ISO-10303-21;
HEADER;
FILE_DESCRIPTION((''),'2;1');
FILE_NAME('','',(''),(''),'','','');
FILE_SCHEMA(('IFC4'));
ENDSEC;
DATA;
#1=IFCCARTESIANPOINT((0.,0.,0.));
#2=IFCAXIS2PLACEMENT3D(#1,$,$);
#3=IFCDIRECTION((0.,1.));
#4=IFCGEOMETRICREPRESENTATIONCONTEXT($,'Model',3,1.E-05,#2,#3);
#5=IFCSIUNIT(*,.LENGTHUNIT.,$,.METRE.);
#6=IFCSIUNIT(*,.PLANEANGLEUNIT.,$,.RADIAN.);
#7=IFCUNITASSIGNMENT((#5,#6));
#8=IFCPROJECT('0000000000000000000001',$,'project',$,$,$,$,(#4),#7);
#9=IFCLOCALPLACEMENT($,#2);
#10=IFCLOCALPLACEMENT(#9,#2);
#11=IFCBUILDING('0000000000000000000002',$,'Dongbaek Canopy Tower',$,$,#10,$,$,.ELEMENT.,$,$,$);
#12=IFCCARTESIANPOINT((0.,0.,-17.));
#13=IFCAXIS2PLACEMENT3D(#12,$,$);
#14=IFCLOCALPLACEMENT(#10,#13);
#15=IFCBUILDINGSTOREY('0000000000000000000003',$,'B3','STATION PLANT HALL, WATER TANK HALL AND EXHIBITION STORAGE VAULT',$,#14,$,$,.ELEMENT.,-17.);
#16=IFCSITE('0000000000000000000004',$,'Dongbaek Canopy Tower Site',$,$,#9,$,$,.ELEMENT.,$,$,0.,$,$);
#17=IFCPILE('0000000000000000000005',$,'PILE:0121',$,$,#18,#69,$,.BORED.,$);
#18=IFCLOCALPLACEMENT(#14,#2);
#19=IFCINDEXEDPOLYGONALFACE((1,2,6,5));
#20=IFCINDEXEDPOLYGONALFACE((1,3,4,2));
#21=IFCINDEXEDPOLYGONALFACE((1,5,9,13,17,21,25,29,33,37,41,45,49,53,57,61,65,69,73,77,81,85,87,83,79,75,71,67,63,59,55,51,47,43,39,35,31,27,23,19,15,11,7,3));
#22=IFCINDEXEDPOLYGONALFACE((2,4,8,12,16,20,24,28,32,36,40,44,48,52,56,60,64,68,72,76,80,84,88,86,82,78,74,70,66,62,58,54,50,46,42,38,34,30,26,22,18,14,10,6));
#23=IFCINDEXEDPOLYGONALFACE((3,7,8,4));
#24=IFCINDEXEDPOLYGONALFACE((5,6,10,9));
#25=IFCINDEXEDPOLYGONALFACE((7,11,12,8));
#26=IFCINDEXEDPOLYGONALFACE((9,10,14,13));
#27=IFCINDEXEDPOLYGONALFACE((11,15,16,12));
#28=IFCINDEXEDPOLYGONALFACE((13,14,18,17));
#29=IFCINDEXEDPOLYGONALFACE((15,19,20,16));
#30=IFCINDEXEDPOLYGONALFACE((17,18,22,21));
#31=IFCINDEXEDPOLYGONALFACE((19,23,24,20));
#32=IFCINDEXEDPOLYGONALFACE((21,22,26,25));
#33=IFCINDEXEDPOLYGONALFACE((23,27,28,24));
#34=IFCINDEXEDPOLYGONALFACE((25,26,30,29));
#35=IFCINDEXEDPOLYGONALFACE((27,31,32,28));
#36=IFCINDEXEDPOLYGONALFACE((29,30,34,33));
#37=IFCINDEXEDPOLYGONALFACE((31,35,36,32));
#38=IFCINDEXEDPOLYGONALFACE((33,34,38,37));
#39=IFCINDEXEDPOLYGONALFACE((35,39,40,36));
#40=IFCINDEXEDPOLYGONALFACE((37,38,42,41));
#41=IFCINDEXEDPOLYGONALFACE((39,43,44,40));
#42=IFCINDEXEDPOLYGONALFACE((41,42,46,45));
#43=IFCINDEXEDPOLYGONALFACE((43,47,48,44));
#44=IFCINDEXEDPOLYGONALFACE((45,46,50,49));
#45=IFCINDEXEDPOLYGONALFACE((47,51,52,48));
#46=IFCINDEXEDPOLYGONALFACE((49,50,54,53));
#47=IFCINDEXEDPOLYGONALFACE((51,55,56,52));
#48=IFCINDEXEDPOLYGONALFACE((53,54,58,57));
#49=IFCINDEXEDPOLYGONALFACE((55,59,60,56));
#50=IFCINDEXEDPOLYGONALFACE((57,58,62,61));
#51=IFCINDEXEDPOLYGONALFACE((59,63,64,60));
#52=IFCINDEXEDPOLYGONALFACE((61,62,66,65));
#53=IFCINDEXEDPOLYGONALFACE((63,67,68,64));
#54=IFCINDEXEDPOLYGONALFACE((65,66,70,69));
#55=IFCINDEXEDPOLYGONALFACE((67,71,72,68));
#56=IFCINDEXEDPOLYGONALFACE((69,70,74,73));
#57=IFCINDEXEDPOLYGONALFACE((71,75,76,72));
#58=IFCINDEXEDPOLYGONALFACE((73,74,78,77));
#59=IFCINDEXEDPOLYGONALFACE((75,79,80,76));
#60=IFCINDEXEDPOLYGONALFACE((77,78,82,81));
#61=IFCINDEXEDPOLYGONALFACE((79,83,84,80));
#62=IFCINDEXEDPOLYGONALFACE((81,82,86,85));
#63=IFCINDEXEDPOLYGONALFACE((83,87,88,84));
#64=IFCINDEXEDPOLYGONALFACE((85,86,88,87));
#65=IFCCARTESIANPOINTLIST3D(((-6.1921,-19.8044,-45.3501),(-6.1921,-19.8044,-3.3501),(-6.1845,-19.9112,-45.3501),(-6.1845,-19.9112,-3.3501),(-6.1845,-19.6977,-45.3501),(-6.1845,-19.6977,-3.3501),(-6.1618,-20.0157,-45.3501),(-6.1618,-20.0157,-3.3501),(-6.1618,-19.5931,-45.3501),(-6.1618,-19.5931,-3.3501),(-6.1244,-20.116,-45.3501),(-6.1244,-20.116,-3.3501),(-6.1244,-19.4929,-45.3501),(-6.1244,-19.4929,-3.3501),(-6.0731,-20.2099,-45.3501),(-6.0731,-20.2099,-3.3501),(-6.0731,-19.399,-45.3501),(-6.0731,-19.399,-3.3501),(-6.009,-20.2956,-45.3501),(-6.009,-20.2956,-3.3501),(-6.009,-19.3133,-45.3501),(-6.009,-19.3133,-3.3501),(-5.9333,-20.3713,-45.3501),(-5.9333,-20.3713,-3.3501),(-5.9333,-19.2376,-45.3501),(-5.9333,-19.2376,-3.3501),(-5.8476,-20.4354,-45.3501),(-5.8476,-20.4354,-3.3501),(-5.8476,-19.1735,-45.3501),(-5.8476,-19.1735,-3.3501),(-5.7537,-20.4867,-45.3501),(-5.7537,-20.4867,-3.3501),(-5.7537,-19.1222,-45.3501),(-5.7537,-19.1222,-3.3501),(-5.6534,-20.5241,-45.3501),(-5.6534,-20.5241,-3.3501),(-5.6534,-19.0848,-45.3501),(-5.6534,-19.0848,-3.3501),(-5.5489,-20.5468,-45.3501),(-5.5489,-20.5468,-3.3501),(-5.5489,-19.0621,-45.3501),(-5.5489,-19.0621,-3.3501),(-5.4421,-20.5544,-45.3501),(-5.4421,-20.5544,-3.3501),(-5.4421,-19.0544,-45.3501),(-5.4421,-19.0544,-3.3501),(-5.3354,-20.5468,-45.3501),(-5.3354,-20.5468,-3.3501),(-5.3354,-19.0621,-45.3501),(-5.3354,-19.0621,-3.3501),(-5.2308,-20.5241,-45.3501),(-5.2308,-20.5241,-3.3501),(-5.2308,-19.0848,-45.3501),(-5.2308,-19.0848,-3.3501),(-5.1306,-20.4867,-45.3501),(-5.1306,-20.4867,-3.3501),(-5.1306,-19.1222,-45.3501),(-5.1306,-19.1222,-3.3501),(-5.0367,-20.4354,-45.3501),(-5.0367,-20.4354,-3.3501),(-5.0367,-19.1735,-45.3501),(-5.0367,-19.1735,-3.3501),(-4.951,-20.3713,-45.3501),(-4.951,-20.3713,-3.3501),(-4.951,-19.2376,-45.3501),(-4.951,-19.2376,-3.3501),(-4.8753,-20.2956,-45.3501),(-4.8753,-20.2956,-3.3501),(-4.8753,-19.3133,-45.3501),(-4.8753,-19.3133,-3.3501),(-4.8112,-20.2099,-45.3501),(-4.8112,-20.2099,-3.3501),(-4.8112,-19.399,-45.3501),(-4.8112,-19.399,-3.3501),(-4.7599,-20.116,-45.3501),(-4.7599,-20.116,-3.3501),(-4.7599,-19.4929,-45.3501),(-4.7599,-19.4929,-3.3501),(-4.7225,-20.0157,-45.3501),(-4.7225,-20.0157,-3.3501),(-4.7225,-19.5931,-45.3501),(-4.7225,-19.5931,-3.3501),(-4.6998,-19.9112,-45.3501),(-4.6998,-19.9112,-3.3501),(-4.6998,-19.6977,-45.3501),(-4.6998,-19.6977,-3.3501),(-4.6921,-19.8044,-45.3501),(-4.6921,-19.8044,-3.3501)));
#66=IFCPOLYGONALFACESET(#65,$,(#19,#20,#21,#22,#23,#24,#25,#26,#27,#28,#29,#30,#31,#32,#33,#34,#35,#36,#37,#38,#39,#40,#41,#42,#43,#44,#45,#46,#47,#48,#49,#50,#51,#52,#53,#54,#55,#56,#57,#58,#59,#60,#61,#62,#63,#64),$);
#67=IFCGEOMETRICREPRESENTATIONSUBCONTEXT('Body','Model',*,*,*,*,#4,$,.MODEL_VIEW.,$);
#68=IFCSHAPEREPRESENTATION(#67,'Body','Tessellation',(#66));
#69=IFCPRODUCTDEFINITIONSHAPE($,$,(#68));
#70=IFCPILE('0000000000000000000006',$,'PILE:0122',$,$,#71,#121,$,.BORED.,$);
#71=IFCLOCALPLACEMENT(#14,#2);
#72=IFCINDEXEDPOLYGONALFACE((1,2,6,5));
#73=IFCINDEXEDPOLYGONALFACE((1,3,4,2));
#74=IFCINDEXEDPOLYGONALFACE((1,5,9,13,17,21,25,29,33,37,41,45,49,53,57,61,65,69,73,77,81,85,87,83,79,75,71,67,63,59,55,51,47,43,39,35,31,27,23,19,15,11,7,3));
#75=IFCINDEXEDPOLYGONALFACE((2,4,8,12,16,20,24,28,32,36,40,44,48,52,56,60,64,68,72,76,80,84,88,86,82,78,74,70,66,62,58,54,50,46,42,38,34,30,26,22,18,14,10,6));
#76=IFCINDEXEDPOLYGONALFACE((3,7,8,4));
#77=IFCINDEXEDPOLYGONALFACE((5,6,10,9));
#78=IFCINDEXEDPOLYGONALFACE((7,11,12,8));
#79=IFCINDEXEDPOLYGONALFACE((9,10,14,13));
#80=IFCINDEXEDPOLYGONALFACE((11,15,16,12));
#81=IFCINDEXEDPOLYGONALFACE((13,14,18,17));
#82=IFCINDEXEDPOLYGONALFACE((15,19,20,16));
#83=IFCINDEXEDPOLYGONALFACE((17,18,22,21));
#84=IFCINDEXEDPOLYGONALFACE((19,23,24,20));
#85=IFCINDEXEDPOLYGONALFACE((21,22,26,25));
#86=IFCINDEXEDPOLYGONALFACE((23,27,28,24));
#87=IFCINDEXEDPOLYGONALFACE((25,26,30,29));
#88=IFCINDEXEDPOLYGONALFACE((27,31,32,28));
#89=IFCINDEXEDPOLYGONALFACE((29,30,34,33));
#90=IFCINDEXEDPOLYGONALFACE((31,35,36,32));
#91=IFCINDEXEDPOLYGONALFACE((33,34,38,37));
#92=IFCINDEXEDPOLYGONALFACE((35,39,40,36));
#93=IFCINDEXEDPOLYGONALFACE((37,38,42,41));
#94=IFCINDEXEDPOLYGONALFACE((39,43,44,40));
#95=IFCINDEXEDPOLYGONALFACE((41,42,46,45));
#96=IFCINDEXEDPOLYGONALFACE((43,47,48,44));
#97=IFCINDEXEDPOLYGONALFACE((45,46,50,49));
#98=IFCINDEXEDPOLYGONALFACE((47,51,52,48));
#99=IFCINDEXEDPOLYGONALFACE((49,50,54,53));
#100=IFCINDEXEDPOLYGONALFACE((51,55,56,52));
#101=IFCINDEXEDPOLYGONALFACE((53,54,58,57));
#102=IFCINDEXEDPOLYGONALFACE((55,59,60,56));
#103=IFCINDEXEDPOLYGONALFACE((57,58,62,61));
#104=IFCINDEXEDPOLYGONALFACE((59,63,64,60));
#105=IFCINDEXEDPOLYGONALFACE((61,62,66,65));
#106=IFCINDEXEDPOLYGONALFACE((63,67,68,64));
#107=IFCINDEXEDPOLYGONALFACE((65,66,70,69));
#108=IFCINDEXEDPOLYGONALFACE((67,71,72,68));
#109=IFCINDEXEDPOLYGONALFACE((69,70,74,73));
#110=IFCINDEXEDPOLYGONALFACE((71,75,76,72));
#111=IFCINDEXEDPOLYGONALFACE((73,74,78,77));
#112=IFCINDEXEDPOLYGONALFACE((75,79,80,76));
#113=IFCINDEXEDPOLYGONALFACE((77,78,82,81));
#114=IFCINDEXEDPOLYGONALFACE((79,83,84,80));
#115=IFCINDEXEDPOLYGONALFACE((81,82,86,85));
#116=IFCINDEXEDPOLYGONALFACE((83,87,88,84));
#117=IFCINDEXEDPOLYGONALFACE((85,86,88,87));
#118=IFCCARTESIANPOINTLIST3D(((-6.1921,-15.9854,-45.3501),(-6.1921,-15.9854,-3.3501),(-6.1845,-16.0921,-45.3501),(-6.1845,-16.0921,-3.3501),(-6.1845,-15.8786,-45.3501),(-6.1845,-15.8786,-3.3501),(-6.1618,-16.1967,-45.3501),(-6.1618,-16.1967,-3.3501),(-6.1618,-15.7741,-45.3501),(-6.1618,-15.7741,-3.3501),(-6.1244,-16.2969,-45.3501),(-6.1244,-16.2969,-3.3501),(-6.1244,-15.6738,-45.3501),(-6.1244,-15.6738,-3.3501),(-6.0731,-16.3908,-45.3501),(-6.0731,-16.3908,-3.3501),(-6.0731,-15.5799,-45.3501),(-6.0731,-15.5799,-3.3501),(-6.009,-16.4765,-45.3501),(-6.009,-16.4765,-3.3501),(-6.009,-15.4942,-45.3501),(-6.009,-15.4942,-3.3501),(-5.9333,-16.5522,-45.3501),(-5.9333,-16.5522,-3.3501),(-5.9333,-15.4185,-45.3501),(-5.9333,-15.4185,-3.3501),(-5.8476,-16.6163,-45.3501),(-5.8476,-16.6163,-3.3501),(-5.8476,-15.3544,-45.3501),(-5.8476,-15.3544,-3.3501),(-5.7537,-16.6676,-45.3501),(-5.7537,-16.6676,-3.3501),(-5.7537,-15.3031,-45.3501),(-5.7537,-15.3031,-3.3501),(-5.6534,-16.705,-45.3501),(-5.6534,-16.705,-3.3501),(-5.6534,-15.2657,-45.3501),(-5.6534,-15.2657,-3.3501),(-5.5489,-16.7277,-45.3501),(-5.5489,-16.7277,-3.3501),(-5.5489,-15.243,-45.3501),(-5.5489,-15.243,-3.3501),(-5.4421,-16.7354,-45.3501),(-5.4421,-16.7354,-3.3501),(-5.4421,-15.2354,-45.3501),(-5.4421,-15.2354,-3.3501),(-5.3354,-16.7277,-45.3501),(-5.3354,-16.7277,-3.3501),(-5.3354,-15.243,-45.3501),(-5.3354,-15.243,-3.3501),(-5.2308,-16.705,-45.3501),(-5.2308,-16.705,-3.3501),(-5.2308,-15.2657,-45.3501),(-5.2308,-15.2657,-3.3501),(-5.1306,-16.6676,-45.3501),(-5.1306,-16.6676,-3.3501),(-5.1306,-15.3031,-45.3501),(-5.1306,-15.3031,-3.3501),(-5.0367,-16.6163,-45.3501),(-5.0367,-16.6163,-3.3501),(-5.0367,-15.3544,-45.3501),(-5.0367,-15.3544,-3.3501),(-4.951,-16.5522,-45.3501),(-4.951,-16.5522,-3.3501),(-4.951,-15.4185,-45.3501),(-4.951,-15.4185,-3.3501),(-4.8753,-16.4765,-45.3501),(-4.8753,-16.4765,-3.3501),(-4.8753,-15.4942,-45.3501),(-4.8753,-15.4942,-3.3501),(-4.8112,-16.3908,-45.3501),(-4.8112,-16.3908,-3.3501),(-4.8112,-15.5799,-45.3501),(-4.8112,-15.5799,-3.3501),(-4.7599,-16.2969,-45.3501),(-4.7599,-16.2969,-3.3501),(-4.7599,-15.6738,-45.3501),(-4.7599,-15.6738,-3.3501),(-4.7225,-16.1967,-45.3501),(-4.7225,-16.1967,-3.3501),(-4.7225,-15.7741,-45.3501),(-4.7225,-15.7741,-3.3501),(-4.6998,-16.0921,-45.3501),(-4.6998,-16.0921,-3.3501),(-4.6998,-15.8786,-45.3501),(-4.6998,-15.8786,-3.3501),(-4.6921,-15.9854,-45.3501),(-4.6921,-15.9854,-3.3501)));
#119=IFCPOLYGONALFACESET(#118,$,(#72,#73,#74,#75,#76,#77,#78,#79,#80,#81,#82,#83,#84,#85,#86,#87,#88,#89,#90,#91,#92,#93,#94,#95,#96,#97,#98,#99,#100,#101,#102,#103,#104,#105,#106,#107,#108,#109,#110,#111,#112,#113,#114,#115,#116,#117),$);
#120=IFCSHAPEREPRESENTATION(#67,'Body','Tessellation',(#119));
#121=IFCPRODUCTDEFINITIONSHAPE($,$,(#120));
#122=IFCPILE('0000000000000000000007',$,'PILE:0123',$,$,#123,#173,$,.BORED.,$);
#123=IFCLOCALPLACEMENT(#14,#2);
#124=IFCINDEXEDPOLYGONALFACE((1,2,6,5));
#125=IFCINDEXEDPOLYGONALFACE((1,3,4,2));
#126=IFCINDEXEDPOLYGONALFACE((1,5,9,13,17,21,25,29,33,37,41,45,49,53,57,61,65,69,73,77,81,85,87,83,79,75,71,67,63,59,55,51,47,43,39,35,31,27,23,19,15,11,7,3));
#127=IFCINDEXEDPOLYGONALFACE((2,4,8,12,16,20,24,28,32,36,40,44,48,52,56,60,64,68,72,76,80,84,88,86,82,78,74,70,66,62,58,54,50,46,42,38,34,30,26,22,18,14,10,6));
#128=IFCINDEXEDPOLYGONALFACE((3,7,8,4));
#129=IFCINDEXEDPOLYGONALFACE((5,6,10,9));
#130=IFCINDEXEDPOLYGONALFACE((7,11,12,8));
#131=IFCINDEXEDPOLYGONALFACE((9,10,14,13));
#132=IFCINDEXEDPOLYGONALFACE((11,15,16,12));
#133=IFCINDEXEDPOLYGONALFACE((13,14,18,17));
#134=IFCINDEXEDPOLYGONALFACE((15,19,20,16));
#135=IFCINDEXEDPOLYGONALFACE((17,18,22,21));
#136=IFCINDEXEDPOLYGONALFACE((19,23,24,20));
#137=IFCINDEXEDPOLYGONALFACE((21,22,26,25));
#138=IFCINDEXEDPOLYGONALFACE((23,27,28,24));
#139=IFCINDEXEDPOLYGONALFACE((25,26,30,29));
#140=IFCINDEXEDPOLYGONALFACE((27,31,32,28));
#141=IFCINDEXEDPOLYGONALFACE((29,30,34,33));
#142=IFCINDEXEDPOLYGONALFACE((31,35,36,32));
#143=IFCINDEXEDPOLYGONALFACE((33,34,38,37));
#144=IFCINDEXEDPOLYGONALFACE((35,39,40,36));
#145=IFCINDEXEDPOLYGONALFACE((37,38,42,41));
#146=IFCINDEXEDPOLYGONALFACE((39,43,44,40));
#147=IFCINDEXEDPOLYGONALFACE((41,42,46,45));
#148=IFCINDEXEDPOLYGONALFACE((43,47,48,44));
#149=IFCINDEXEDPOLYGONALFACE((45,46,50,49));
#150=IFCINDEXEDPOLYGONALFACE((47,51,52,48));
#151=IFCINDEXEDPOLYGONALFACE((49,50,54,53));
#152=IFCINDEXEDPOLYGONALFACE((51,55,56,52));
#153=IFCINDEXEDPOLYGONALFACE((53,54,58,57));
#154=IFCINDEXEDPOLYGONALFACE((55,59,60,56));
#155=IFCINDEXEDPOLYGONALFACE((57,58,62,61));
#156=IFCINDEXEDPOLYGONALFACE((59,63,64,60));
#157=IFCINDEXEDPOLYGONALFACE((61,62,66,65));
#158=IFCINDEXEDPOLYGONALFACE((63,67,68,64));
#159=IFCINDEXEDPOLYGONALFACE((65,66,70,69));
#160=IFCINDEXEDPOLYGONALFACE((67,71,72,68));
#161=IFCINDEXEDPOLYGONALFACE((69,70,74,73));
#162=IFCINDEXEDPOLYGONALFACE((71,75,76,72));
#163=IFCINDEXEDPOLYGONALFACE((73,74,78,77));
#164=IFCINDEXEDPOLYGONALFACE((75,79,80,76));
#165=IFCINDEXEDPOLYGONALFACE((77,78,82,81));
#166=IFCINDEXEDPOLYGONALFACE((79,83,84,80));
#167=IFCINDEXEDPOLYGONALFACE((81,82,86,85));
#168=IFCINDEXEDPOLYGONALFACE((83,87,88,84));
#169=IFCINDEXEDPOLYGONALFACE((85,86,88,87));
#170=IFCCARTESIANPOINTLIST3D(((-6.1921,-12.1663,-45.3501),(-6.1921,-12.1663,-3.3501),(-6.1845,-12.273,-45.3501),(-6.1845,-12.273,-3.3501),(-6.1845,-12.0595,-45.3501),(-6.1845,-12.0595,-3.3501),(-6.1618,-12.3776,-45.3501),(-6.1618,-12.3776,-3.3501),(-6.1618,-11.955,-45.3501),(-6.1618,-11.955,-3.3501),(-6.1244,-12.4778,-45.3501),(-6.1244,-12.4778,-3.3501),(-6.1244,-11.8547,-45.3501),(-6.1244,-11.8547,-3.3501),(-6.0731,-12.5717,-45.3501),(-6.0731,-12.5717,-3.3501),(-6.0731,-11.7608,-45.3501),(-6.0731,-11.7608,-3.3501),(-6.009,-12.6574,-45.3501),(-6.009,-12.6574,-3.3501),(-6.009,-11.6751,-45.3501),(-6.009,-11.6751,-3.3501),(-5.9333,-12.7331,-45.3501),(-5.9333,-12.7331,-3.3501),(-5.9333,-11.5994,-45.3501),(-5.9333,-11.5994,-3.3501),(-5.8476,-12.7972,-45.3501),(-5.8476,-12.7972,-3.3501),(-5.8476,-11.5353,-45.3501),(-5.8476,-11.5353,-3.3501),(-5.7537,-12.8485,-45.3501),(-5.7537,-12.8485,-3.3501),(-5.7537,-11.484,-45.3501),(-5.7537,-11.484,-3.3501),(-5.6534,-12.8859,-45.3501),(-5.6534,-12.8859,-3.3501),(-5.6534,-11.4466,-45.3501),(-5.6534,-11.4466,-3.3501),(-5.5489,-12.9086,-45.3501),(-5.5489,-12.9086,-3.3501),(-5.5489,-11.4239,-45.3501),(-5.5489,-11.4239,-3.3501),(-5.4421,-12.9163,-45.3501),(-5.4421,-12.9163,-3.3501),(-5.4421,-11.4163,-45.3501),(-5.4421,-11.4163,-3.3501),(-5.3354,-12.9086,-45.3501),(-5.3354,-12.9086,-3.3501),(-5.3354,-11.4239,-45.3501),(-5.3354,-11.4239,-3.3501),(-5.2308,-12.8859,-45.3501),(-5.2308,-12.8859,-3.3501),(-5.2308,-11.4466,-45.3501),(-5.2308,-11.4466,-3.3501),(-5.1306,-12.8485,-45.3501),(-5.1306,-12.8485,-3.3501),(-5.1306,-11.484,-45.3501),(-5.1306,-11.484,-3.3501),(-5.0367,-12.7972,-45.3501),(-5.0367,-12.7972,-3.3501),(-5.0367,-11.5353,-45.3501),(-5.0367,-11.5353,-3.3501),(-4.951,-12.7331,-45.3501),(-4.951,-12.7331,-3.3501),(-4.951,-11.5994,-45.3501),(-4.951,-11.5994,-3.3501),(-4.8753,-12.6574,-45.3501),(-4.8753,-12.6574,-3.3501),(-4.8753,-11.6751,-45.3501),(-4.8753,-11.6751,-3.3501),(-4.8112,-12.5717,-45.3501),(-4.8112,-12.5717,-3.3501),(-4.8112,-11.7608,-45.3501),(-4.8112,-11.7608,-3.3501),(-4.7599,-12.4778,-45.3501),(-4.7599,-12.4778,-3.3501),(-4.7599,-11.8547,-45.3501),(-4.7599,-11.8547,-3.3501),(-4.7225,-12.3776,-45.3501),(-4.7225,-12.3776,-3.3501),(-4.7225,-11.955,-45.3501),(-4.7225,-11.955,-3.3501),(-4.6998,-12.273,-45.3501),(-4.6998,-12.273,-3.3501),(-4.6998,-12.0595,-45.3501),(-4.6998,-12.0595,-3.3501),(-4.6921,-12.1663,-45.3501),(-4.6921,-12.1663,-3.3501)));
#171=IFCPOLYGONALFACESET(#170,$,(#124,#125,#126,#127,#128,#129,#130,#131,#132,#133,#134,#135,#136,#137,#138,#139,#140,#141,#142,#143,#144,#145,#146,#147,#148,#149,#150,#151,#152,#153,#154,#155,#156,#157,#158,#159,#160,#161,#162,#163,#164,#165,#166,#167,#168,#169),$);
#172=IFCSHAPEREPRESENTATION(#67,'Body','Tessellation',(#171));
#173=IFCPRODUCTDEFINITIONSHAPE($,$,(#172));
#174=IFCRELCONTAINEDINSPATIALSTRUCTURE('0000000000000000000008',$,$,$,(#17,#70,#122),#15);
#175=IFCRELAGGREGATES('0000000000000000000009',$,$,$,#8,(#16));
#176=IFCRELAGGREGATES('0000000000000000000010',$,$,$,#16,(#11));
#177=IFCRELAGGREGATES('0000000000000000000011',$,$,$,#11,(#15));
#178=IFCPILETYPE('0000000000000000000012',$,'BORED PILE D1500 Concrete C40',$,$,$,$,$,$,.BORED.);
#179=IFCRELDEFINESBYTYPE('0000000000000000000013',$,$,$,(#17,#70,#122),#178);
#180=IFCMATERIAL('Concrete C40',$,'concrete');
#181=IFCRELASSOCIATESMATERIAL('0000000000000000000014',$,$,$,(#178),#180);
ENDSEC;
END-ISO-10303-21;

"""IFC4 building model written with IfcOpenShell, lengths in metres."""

from ifc_helpers import new_model, si_unit, direction, frame, origin, origin_2d, place, context, subcontext, project, spatial, circle, extrude, material, material_profile, profile_set, type_object, element, save


model = new_model("IFC4")

# Units and contexts
model_context = context("Model", 3, precision=1e-05, world=origin(), true_north=direction((0.0, 1.0)))
body_context = subcontext(model_context, "Body", "Model", "MODEL_VIEW")
ifc_project = project(units=[si_unit("LENGTHUNIT", "METRE"), si_unit("PLANEANGLEUNIT", "RADIAN")], contexts=[model_context])

# Site, building, storey
site_placement = place(None, origin())
site = spatial("IfcSite", under=ifc_project, at=site_placement, Name="Dongbaek Canopy Tower Site", CompositionType="ELEMENT", RefElevation=0.0)
building_placement = place(site_placement, origin())
building = spatial("IfcBuilding", under=site, at=building_placement, Name="Dongbaek Canopy Tower", CompositionType="ELEMENT")
storey_placement = place(building_placement, frame((0.0, 0.0, -17.0)))
storey = spatial("IfcBuildingStorey", under=building, at=storey_placement, Name="B3", Description="STATION PLANT HALL, WATER TANK HALL AND EXHIBITION STORAGE VAULT", CompositionType="ELEMENT", Elevation=-17.0)

# Piles
ifc_material_1 = material(Name="Concrete C40", Category="concrete")
ifc_material_profile_1 = material_profile(ifc_material_1, circle(Radius=0.75, at=origin_2d()), Name="BORED PILE D1500 Concrete C40")
ifc_profile_set_1 = profile_set([ifc_material_profile_1], Name="Concrete C40")
pile_type = type_object("IfcPileType", Name="BORED PILE D1500 Concrete C40", PredefinedType="BORED", material=ifc_profile_set_1)
for number, where, z_axis, x_axis, name in (
    (1, (-5.4421, -19.8044, -3.3501), (0.0, 0.0, -1.0), (1.0, 0.0, 0.0), "PILE:0121"),
    (2, (-5.4421, -15.9854, -3.3501), (0.0, 0.0, -1.0), (1.0, 0.0, 0.0), "PILE:0122"),
    (3, (-5.4421, -12.1663, -3.3501), (0.0, 0.0, -1.0), (1.0, 0.0, 0.0), "PILE:0123"),
):
    element("IfcPile", number, at=place(storey_placement, frame(where, z_axis=z_axis, x_axis=x_axis)), inside=storey, type_object=pile_type, Name=name, PredefinedType="BORED", context=body_context, shape_type="SweptSolid", body=[
        extrude(circle(Radius=0.75, at=origin_2d()), origin(), (0.0, 0.0, 1.0), 42.0),
    ])

save(model, "model.ifc")
